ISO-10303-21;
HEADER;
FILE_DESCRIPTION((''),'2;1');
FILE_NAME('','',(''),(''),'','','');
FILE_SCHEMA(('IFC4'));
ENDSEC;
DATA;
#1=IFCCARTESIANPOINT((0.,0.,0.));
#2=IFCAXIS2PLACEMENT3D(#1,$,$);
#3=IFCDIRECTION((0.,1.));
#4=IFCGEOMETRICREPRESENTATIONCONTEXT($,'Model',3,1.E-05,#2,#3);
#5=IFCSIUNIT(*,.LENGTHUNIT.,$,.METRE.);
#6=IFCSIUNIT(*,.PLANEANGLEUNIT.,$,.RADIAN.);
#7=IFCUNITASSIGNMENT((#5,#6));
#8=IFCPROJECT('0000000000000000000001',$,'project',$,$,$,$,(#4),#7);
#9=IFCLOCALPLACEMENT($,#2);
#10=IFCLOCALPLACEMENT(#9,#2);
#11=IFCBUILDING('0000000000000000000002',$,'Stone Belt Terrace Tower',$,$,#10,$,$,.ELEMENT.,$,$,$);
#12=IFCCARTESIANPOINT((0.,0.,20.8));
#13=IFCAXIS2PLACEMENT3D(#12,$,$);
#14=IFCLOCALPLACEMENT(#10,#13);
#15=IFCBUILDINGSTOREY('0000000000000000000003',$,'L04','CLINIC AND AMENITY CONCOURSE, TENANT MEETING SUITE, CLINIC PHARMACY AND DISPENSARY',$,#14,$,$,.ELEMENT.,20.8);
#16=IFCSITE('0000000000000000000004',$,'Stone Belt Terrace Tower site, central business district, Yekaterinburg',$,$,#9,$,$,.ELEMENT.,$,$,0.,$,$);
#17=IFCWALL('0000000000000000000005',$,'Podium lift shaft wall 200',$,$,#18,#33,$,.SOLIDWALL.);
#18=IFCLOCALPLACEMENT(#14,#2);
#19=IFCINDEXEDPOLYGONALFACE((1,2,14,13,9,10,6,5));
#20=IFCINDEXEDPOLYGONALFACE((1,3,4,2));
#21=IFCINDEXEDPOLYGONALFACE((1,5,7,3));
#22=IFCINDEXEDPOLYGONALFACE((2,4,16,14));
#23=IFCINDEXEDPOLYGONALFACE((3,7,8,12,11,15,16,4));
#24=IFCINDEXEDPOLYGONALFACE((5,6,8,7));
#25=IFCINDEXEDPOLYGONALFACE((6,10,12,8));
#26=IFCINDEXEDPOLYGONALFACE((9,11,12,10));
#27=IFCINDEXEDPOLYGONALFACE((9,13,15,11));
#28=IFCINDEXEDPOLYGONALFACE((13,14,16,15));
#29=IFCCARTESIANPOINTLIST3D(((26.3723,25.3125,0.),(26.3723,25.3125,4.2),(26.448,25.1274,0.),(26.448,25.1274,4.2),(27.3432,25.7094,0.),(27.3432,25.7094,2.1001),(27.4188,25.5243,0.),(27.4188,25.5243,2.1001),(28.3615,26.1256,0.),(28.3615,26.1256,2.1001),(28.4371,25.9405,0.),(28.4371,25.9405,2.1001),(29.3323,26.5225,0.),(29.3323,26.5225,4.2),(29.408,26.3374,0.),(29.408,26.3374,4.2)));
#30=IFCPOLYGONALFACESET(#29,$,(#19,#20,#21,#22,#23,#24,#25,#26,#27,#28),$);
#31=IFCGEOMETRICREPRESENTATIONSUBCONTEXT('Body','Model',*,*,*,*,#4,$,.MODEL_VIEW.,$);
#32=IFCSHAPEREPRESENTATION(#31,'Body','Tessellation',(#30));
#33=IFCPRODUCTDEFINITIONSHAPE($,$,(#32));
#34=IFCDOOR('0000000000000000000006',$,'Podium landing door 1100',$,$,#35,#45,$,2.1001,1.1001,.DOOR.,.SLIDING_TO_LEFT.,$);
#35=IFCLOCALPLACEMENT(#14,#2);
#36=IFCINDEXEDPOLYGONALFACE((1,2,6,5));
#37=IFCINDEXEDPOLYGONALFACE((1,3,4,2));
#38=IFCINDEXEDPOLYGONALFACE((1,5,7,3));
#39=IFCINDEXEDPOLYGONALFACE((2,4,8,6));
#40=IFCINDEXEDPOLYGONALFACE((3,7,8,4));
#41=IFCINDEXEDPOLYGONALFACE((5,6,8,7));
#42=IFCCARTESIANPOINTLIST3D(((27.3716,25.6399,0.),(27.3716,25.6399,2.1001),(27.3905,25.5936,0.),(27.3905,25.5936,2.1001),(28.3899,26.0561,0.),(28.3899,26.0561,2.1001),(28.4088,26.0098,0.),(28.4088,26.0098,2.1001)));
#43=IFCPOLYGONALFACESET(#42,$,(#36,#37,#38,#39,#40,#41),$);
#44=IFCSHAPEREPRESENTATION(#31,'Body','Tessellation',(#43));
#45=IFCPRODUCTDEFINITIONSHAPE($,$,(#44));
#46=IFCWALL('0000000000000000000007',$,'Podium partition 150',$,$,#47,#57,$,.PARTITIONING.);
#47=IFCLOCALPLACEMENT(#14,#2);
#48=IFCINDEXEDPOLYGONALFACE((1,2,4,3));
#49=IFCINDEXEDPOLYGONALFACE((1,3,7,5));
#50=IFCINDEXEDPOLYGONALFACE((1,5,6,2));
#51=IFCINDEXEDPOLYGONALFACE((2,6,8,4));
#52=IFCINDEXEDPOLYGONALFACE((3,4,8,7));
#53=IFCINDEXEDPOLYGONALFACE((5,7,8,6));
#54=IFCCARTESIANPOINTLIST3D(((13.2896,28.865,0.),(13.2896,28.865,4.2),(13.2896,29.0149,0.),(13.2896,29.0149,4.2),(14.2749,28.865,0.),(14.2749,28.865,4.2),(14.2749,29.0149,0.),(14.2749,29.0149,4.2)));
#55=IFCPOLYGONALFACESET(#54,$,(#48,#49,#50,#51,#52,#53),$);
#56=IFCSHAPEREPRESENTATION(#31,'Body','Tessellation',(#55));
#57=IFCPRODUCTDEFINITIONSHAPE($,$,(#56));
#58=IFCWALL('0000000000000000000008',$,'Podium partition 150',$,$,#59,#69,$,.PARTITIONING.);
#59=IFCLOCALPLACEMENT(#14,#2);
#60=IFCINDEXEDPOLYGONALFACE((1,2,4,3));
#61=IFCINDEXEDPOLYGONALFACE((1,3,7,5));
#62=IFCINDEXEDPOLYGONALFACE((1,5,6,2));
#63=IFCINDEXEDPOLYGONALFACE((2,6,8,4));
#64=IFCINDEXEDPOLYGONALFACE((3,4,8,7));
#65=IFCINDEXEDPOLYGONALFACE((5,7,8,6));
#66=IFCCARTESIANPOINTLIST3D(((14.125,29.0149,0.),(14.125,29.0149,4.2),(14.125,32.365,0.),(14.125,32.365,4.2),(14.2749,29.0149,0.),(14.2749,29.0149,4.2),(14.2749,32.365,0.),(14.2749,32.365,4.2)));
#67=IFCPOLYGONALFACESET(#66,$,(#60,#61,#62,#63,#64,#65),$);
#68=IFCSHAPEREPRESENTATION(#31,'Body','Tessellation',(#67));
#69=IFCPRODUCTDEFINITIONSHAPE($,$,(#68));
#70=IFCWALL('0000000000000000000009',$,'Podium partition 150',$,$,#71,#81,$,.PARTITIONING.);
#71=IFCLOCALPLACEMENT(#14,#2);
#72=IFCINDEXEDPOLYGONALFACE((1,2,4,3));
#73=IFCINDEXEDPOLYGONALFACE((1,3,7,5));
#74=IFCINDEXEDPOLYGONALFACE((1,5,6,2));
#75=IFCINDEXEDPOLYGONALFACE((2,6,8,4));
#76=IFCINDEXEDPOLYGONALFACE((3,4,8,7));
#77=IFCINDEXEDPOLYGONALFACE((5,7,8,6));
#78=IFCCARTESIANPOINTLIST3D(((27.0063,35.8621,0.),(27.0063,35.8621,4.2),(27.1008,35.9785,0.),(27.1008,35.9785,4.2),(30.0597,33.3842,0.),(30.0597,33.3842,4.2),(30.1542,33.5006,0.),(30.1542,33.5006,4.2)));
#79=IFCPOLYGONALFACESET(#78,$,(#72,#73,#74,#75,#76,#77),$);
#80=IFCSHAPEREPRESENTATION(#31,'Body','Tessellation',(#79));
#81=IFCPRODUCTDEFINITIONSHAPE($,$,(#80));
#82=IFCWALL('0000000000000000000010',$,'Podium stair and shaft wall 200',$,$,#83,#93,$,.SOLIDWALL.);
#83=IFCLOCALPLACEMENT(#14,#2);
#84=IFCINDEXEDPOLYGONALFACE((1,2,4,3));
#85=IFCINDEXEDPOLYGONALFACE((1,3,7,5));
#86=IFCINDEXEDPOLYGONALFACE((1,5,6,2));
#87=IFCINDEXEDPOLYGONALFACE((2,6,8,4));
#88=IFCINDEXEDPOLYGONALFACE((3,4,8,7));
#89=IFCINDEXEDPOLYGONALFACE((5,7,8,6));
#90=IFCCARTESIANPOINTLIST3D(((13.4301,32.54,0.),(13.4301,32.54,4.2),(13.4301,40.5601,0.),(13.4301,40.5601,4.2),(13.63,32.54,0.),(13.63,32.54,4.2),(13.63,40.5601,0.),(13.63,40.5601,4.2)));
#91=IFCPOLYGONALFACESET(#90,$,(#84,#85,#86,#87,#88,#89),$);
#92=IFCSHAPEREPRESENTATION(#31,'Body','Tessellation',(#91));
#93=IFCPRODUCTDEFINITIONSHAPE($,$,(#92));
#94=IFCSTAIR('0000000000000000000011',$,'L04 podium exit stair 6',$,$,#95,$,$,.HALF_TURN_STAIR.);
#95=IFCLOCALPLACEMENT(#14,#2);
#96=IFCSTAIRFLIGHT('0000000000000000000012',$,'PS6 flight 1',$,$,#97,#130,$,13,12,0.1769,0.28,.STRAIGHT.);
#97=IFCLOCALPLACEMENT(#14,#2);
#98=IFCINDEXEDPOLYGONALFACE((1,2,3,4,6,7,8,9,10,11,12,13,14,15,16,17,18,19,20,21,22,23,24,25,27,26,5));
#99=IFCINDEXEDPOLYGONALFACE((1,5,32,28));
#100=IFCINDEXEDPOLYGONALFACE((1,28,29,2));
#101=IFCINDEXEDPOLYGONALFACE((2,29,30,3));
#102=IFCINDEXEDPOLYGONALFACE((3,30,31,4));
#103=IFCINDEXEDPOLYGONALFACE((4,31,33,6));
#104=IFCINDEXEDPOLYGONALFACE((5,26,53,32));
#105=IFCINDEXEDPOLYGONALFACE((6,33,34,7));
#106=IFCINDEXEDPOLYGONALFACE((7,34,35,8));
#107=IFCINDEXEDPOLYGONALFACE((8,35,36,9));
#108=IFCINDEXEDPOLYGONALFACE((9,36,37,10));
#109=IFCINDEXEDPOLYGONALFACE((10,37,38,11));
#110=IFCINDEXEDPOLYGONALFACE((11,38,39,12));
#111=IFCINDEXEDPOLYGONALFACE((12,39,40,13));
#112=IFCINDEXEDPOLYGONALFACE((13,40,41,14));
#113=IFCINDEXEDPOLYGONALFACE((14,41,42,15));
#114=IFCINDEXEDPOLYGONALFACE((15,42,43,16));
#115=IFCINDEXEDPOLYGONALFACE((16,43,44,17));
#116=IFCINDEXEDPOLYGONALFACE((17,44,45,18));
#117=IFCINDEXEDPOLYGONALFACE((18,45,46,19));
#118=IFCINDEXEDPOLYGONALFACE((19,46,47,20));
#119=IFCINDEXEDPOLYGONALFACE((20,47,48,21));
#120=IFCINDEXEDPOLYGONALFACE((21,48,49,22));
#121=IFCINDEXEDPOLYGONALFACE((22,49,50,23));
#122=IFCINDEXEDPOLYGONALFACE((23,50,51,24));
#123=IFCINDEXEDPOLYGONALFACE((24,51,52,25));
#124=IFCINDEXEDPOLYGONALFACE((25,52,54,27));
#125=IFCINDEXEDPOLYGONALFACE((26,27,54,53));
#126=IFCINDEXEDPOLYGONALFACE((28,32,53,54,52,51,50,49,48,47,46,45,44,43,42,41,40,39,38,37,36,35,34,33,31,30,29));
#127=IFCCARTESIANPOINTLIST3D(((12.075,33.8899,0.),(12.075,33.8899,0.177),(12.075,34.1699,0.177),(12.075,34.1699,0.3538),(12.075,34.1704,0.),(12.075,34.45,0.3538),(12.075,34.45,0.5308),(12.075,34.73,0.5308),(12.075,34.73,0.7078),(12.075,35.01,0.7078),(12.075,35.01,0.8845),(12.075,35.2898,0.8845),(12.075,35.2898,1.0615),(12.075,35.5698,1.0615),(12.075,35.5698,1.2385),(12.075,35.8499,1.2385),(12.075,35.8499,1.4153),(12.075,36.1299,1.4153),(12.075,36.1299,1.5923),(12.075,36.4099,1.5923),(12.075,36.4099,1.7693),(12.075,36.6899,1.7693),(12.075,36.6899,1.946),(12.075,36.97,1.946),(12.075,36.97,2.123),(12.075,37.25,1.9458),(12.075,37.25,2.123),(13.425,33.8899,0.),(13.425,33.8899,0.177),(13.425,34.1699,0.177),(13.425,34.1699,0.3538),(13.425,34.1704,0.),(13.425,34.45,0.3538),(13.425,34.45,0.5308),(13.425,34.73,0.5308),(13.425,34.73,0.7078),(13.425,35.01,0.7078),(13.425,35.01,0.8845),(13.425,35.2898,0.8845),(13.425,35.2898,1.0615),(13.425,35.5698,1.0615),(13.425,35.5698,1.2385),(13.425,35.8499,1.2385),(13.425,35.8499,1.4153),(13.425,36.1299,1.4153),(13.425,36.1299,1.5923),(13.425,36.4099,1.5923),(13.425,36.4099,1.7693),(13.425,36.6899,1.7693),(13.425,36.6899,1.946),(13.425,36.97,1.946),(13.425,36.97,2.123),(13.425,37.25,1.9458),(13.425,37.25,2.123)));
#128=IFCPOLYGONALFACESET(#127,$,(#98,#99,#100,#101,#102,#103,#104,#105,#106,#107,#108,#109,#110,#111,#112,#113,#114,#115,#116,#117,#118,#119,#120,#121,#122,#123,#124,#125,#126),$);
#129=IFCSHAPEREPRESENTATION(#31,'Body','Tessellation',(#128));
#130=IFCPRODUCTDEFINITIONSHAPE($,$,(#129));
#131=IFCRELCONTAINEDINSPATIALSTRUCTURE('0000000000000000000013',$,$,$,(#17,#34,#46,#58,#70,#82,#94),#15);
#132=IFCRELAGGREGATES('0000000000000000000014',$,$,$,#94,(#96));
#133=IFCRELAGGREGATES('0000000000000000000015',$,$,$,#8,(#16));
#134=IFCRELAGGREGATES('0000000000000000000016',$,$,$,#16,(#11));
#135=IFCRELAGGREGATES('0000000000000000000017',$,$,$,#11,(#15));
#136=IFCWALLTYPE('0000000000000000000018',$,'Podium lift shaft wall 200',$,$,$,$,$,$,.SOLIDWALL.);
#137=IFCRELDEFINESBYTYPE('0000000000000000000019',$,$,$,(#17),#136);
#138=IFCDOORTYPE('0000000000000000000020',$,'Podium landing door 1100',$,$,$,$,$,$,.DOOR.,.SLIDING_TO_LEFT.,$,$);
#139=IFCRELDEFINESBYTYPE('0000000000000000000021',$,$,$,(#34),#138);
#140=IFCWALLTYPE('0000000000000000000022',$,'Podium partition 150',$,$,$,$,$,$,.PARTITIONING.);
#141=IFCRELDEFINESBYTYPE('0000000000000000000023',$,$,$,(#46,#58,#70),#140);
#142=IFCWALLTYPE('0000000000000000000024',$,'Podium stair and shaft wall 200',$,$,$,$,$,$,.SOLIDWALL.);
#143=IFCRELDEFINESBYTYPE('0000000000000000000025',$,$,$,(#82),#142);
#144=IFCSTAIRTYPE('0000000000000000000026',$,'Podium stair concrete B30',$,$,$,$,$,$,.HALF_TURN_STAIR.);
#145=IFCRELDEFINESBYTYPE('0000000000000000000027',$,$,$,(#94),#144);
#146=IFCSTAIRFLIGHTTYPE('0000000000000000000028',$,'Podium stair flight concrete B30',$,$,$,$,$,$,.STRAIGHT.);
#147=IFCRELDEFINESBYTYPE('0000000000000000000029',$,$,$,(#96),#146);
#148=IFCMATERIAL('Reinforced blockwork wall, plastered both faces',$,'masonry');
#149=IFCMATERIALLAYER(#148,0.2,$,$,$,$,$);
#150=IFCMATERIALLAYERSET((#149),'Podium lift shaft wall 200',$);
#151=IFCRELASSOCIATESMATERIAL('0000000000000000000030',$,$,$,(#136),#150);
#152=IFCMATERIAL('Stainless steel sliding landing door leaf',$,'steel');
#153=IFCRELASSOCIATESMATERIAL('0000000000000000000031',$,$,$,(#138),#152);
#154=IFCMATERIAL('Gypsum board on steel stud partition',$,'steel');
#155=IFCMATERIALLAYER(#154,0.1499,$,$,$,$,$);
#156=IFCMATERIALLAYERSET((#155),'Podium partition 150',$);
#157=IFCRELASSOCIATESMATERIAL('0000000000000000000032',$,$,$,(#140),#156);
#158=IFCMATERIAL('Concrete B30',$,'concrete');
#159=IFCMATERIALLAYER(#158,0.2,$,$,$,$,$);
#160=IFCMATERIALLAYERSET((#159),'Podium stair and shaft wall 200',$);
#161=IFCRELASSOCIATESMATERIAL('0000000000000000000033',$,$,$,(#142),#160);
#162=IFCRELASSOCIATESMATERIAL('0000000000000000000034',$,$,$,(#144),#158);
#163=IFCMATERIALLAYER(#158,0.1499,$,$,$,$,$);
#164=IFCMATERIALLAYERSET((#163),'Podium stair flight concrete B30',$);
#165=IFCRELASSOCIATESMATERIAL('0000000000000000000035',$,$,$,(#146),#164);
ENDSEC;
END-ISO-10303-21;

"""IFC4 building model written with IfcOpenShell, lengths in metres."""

from ifc_helpers import new_model, si_unit, direction, frame, frame_2d, origin, place, context, subcontext, project, spatial, polyline, rectangle, outline, extrude, material, layer, layer_set, type_object, element, fill, aggregate, save


model = new_model("IFC4")

# Units and contexts
model_context = context("Model", 3, precision=1e-05, world=origin(), true_north=direction((0.0, 1.0)))
body_context = subcontext(model_context, "Body", "Model", "MODEL_VIEW")
ifc_project = project(units=[si_unit("LENGTHUNIT", "METRE"), si_unit("PLANEANGLEUNIT", "RADIAN")], contexts=[model_context])

# Site, building, storey
site_placement = place(None, origin())
site = spatial("IfcSite", under=ifc_project, at=site_placement, Name="Stone Belt Terrace Tower site, central business district, Yekaterinburg", CompositionType="ELEMENT", RefElevation=0.0)
building_placement = place(site_placement, origin())
building = spatial("IfcBuilding", under=site, at=building_placement, Name="Stone Belt Terrace Tower", CompositionType="ELEMENT")
storey_placement = place(building_placement, frame((0.0, 0.0, 20.8)))
storey = spatial("IfcBuildingStorey", under=building, at=storey_placement, Name="L04", Description="CLINIC AND AMENITY CONCOURSE, TENANT MEETING SUITE, CLINIC PHARMACY AND DISPENSARY", CompositionType="ELEMENT", Elevation=20.8)

# Shared definitions
ifc_material_1 = material(Name="Reinforced blockwork wall, plastered both faces", Category="masonry")
ifc_layer_1 = layer(ifc_material_1, 0.2)
ifc_layer_set_1 = layer_set([ifc_layer_1], Name="Podium lift shaft wall 200")
wall_type_1 = type_object("IfcWallType", Name="Podium lift shaft wall 200", PredefinedType="SOLIDWALL", material=ifc_layer_set_1)

# Wall, opening, door
wall_1_placement = place(storey_placement, frame((26.4102, 25.22, 0.0), z_axis=(0.0, 0.0, 1.0), x_axis=(0.925649, 0.378383, 0.0)))
wall_1 = element("IfcWall", 1, at=wall_1_placement, inside=storey, type_object=wall_type_1, Name="Podium lift shaft wall 200", PredefinedType="SOLIDWALL", context=body_context, shape_type="SweptSolid", body=[
    extrude(rectangle(XDim=3.1978, YDim=0.2, at=frame_2d((1.5989, 0.0))), origin(), (0.0, 0.0, 1.0), 4.2),
])
opening_placement = place(wall_1_placement, frame((1.0488, 0.0, 0.0)))
opening = element("IfcOpeningElement", 2, at=opening_placement, cuts=wall_1, PredefinedType="OPENING", context=body_context, shape_type="SweptSolid", body=[
    extrude(rectangle(XDim=1.1001, YDim=2.1001, at=frame_2d((0.55, 1.05))), frame((0.0, 0.1099, 0.0), z_axis=(0.0, -1.0, 0.0), x_axis=(1.0, 0.0, 0.0)), (0.0, 0.0, 1.0), 0.22),
])
ifc_material_2 = material(Name="Stainless steel sliding landing door leaf", Category="steel")
door_type = type_object("IfcDoorType", Name="Podium landing door 1100", OperationType="SLIDING_TO_LEFT", PredefinedType="DOOR", material=ifc_material_2)
door_placement = place(opening_placement, origin())
door = element("IfcDoor", 3, at=door_placement, inside=storey, type_object=door_type, Name="Podium landing door 1100", OperationType="SLIDING_TO_LEFT", OverallHeight=2.1001, OverallWidth=1.1001, PredefinedType="DOOR", context=body_context, shape_type="SweptSolid", body=[
    extrude(rectangle(XDim=1.1001, YDim=2.1001, at=frame_2d((0.55, 1.05))), frame((0.0, 0.0249, 0.0), z_axis=(0.0, -1.0, 0.0), x_axis=(1.0, 0.0, 0.0)), (0.0, 0.0, 1.0), 0.05),
])
fill(opening, door)

# Walls
ifc_material_3 = material(Name="Gypsum board on steel stud partition", Category="steel")
ifc_layer_2 = layer(ifc_material_3, 0.1499)
ifc_layer_set_2 = layer_set([ifc_layer_2], Name="Podium partition 150")
wall_type_2 = type_object("IfcWallType", Name="Podium partition 150", PredefinedType="PARTITIONING", material=ifc_layer_set_2)
wall_2_placement = place(storey_placement, frame((13.2896, 28.9399, 0.0), z_axis=(0.0, 0.0, 1.0), x_axis=(1.0, 0.0, 0.0)))
element("IfcWall", 4, at=wall_2_placement, inside=storey, type_object=wall_type_2, Name="Podium partition 150", PredefinedType="PARTITIONING", context=body_context, shape_type="SweptSolid", body=[
    extrude(rectangle(XDim=0.9854, YDim=0.1499, at=frame_2d((0.4927, 0.0))), origin(), (0.0, 0.0, 1.0), 4.2),
])
wall_3_placement = place(storey_placement, frame((14.2, 29.0149, 0.0), z_axis=(0.0, 0.0, 1.0), x_axis=(0.0, 1.0, 0.0)))
element("IfcWall", 5, at=wall_3_placement, inside=storey, type_object=wall_type_2, Name="Podium partition 150", PredefinedType="PARTITIONING", context=body_context, shape_type="SweptSolid", body=[
    extrude(rectangle(XDim=3.3501, YDim=0.1499, at=frame_2d((1.675, 0.0))), origin(), (0.0, 0.0, 1.0), 4.2),
])
wall_4_placement = place(storey_placement, frame((27.0535, 35.9204, 0.0), z_axis=(0.0, 0.0, 1.0), x_axis=(0.776477, -0.630146, 0.0)))
element("IfcWall", 6, at=wall_4_placement, inside=storey, type_object=wall_type_2, Name="Podium partition 150", PredefinedType="PARTITIONING", context=body_context, shape_type="SweptSolid", body=[
    extrude(rectangle(XDim=3.9324, YDim=0.1499, at=frame_2d((1.9663, 0.0))), origin(), (0.0, 0.0, 1.0), 4.2),
])
ifc_material_4 = material(Name="Concrete B30", Category="concrete")
ifc_layer_3 = layer(ifc_material_4, 0.2)
ifc_layer_set_3 = layer_set([ifc_layer_3], Name="Podium stair and shaft wall 200")
wall_type_3 = type_object("IfcWallType", Name="Podium stair and shaft wall 200", PredefinedType="SOLIDWALL", material=ifc_layer_set_3)
wall_5_placement = place(storey_placement, frame((13.53, 32.54, 0.0), z_axis=(0.0, 0.0, 1.0), x_axis=(0.0, 1.0, 0.0)))
element("IfcWall", 7, at=wall_5_placement, inside=storey, type_object=wall_type_3, Name="Podium stair and shaft wall 200", PredefinedType="SOLIDWALL", context=body_context, shape_type="SweptSolid", body=[
    extrude(rectangle(XDim=8.02, YDim=0.2, at=frame_2d((4.01, 0.0))), origin(), (0.0, 0.0, 1.0), 4.2),
])

# Stair, stair flight
stair_type = type_object("IfcStairType", Name="Podium stair concrete B30", PredefinedType="HALF_TURN_STAIR", material=ifc_material_4)
stair_placement = place(storey_placement, origin())
stair = element("IfcStair", 8, at=stair_placement, inside=storey, type_object=stair_type, Name="L04 podium exit stair 6", PredefinedType="HALF_TURN_STAIR")
ifc_layer_4 = layer(ifc_material_4, 0.1499)
ifc_layer_set_4 = layer_set([ifc_layer_4], Name="Podium stair flight concrete B30")
stair_flight_type = type_object("IfcStairFlightType", Name="Podium stair flight concrete B30", PredefinedType="STRAIGHT", material=ifc_layer_set_4)
stair_flight_placement = place(storey_placement, frame((12.75, 33.8899, 0.0), z_axis=(0.0, 0.0, 1.0), x_axis=(0.0, 1.0, 0.0)))
stair_flight = element("IfcStairFlight", 9, at=stair_flight_placement, type_object=stair_flight_type, Name="PS6 flight 1", NumberOfRisers=13, NumberOfTreads=12, PredefinedType="STRAIGHT", RiserHeight=0.1769, TreadLength=0.28, context=body_context, shape_type="SweptSolid", body=[
    extrude(outline(polyline([(0.0, 0.0), (0.0, 0.177), (0.28, 0.177), (0.28, 0.3538), (0.5601, 0.3538), (0.5601, 0.5308), (0.8401, 0.5308), (0.8401, 0.7078), (1.1201, 0.7078), (1.1201, 0.8845), (1.3999, 0.8845), (1.3999, 1.0615), (1.6799, 1.0615), (1.6799, 1.2385), (1.96, 1.2385), (1.96, 1.4153), (2.24, 1.4153), (2.24, 1.5923), (2.52, 1.5923), (2.52, 1.7693), (2.8, 1.7693), (2.8, 1.946), (3.0801, 1.946), (3.0801, 2.123), (3.3601, 2.123), (3.3601, 2.3), (3.3601, 1.9458), (0.2805, 0.0), (0.0, 0.0)])), frame((0.0, 0.675, 0.0), z_axis=(0.0, -1.0, 0.0), x_axis=(1.0, 0.0, 0.0)), (0.0, 0.0, 1.0), 1.3501),
])
aggregate(stair, [stair_flight])

save(model, "model.ifc")
